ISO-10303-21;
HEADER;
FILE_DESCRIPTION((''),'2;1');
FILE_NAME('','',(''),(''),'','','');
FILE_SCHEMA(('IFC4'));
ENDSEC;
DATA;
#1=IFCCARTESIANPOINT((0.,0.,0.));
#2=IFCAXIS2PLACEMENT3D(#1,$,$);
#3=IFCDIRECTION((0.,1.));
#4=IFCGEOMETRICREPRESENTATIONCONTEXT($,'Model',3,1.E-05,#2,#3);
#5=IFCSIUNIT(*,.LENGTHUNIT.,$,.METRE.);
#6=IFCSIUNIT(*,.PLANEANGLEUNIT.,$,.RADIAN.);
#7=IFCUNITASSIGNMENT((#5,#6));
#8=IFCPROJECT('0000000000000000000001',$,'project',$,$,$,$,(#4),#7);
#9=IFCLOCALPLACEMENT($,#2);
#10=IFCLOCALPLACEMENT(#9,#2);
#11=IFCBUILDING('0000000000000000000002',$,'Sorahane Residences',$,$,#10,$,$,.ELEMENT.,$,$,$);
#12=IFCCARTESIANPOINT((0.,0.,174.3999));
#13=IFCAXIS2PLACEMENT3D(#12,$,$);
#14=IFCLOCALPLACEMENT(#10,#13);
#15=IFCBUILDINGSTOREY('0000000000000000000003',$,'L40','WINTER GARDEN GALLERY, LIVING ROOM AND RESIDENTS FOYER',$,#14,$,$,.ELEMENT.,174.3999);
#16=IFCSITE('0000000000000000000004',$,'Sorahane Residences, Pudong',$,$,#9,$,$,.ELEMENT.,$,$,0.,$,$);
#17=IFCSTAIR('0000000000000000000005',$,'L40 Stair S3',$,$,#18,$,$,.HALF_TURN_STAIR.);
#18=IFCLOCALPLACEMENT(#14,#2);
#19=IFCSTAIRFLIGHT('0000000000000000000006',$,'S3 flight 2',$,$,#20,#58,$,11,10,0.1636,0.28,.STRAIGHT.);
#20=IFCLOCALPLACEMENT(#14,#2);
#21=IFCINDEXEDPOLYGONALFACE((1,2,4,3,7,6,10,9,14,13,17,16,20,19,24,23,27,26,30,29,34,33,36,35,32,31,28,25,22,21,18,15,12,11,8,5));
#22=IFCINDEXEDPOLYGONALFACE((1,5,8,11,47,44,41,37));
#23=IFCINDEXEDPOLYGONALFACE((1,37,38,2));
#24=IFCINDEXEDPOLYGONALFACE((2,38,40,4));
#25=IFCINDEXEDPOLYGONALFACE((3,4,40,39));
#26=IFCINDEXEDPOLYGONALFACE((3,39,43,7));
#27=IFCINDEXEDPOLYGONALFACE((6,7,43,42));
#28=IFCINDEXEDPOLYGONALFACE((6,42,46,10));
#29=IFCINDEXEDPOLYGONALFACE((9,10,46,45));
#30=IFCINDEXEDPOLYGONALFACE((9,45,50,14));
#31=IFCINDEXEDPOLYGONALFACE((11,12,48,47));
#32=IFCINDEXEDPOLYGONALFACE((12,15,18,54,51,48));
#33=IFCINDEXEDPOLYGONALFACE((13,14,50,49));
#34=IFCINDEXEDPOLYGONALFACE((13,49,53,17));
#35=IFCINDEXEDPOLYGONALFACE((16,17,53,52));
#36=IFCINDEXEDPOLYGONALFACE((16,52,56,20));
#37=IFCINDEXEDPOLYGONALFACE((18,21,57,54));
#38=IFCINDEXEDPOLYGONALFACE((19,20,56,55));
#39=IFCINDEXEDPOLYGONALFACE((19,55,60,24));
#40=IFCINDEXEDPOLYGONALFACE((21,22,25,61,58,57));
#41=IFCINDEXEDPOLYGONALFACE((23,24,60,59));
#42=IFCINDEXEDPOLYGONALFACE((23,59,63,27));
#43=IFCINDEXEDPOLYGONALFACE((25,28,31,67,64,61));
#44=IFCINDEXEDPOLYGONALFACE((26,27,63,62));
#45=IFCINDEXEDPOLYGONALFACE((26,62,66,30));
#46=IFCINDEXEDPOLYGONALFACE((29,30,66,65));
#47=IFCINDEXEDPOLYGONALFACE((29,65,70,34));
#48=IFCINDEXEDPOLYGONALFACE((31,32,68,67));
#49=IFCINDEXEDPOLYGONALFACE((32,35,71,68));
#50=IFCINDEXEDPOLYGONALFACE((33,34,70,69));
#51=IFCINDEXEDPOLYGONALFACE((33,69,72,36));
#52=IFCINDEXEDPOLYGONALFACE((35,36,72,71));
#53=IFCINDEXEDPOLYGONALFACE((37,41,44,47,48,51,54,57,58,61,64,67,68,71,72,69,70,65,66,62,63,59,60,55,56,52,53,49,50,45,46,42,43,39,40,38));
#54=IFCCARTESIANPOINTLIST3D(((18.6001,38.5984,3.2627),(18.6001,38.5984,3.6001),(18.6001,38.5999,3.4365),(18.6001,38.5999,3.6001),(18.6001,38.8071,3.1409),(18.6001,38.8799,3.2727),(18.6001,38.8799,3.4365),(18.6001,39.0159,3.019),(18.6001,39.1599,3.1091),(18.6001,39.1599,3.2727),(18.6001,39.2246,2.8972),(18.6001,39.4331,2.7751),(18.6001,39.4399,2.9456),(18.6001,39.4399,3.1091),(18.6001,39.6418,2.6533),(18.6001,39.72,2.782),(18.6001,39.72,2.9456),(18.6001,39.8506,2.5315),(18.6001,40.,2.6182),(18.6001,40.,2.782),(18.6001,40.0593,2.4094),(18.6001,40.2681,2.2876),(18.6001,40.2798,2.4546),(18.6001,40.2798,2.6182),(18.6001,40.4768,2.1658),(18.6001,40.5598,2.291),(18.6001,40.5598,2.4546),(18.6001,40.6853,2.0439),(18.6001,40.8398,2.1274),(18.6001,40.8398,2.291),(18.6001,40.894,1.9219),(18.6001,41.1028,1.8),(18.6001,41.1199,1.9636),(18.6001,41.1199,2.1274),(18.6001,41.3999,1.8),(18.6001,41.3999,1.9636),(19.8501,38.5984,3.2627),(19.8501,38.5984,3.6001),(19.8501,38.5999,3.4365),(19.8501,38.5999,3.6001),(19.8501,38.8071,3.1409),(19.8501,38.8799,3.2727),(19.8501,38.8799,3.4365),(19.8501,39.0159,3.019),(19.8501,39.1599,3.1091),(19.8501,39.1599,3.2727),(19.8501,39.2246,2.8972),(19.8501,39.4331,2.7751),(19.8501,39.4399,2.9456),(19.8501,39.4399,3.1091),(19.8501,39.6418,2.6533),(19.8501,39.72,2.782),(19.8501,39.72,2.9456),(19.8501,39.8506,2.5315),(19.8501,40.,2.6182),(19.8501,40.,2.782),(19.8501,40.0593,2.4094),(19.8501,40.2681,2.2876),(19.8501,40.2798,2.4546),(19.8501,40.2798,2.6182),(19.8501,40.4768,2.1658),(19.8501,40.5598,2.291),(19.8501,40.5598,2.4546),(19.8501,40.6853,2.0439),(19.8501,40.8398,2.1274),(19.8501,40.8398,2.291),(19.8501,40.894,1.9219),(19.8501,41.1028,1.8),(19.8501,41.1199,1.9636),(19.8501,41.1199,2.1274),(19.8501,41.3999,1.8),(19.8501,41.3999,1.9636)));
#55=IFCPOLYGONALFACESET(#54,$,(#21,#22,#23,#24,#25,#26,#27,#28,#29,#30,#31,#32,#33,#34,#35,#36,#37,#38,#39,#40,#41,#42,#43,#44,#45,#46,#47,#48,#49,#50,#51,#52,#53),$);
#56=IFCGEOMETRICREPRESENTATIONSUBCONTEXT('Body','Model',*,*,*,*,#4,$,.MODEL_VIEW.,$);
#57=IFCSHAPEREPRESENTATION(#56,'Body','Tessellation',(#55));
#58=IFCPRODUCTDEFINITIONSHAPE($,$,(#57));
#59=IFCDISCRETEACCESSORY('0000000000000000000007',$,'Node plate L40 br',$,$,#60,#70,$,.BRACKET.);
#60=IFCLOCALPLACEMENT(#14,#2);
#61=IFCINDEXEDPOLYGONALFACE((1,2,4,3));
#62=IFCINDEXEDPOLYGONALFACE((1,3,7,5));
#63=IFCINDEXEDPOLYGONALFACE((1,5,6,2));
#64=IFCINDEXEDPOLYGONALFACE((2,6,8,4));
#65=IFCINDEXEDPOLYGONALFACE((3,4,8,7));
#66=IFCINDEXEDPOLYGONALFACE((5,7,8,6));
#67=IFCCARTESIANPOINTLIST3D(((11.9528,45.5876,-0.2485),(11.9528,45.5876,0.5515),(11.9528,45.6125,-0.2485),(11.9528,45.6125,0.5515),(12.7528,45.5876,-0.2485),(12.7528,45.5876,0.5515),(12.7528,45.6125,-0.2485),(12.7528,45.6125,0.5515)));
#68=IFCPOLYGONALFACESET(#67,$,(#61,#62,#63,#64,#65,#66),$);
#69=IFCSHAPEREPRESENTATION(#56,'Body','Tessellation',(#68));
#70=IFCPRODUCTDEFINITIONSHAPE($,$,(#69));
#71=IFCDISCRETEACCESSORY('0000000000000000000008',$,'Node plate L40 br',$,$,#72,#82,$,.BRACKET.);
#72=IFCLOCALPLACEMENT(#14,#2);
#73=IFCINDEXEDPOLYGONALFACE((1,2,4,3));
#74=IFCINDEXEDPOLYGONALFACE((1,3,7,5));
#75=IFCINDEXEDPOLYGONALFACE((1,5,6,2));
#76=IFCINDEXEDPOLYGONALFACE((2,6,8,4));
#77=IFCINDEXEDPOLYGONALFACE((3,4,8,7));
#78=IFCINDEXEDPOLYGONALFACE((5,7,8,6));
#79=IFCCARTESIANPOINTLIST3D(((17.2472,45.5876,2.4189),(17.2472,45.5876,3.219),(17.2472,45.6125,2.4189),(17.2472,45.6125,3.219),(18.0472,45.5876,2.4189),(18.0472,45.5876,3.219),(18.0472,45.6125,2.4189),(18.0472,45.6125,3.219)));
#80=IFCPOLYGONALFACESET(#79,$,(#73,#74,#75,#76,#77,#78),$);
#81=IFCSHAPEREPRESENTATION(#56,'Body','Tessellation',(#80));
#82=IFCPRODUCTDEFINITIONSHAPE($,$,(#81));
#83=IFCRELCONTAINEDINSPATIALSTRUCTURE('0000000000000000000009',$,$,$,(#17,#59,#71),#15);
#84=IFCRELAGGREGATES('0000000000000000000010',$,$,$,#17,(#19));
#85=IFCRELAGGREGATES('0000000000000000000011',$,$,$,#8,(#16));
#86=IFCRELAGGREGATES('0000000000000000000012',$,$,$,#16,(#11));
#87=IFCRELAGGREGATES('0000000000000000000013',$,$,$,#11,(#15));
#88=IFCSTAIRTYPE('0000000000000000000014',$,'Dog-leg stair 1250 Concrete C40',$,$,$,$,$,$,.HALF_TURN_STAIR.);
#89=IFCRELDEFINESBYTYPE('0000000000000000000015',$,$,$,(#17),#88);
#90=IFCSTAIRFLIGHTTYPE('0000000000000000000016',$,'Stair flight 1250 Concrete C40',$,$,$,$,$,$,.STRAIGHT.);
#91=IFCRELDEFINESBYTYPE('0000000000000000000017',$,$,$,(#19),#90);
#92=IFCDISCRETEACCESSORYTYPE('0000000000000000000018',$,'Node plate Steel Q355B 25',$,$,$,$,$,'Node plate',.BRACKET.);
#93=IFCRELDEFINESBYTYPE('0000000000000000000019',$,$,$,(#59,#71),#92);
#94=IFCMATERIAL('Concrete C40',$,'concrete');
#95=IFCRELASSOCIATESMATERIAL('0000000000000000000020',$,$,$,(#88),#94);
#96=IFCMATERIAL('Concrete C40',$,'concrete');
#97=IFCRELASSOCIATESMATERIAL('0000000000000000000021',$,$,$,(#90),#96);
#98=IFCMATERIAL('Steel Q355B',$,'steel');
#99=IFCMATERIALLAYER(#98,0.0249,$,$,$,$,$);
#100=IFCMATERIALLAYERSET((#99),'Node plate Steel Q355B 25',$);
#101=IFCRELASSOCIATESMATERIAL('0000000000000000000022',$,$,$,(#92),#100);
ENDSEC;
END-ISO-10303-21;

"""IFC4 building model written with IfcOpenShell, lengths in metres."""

from ifc_helpers import new_model, si_unit, direction, frame, origin, origin_2d, place, context, subcontext, project, spatial, polyline, rectangle, outline, extrude, material, layer, layer_set, type_object, element, aggregate, save


model = new_model("IFC4")

# Units and contexts
model_context = context("Model", 3, precision=1e-05, world=origin(), true_north=direction((0.0, 1.0)))
body_context = subcontext(model_context, "Body", "Model", "MODEL_VIEW")
ifc_project = project(units=[si_unit("LENGTHUNIT", "METRE"), si_unit("PLANEANGLEUNIT", "RADIAN")], contexts=[model_context])

# Site, building, storey
site_placement = place(None, origin())
site = spatial("IfcSite", under=ifc_project, at=site_placement, Name="Sorahane Residences, Pudong", CompositionType="ELEMENT", RefElevation=0.0)
building_placement = place(site_placement, origin())
building = spatial("IfcBuilding", under=site, at=building_placement, Name="Sorahane Residences", CompositionType="ELEMENT")
storey_placement = place(building_placement, frame((0.0, 0.0, 174.3999)))
storey = spatial("IfcBuildingStorey", under=building, at=storey_placement, Name="L40", Description="WINTER GARDEN GALLERY, LIVING ROOM AND RESIDENTS FOYER", CompositionType="ELEMENT", Elevation=174.3999)

# Stair, stair flight
ifc_material_1 = material(Name="Concrete C40", Category="concrete")
stair_type = type_object("IfcStairType", Name="Dog-leg stair 1250 Concrete C40", PredefinedType="HALF_TURN_STAIR", material=ifc_material_1)
ifc_material_2 = material(Name="Concrete C40", Category="concrete")
stair_flight_type = type_object("IfcStairFlightType", Name="Stair flight 1250 Concrete C40", PredefinedType="STRAIGHT", material=ifc_material_2)
stair_1_placement = place(storey_placement, origin())
stair_1 = element("IfcStair", 1, at=stair_1_placement, inside=storey, type_object=stair_type, Name="L40 Stair S3", PredefinedType="HALF_TURN_STAIR")
stair_flight_1_placement = place(storey_placement, frame((19.2251, 41.3999, 1.8), z_axis=(0.0, 0.0, 1.0), x_axis=(0.0, -1.0, 0.0)))
stair_flight_1 = element("IfcStairFlight", 2, at=stair_flight_1_placement, type_object=stair_flight_type, Name="S3 flight 2", NumberOfRisers=11, NumberOfTreads=10, PredefinedType="STRAIGHT", RiserHeight=0.1636, TreadLength=0.28, context=body_context, shape_type="SweptSolid", body=[
    extrude(outline(polyline([(0.0, 0.0), (0.0, 0.1636), (0.28, 0.1636), (0.28, 0.3274), (0.5601, 0.3274), (0.5601, 0.491), (0.8401, 0.491), (0.8401, 0.6545), (1.1201, 0.6545), (1.1201, 0.8181), (1.3999, 0.8181), (1.3999, 0.9819), (1.6799, 0.9819), (1.6799, 1.1455), (1.96, 1.1455), (1.96, 1.3091), (2.24, 1.3091), (2.24, 1.4727), (2.52, 1.4727), (2.52, 1.6365), (2.8, 1.6365), (2.8, 1.8), (2.8015, 1.8), (2.8015, 1.4626), (2.5928, 1.3408), (2.384, 1.219), (2.1753, 1.0972), (1.9668, 0.9751), (1.7581, 0.8533), (1.5493, 0.7314), (1.3406, 0.6094), (1.1318, 0.4875), (0.9231, 0.3657), (0.7146, 0.2439), (0.5059, 0.1218), (0.2971, 0.0), (0.0, 0.0)])), frame((0.0, 0.625, 0.0), z_axis=(0.0, -1.0, 0.0), x_axis=(1.0, 0.0, 0.0)), (0.0, 0.0, 1.0), 1.25),
])
aggregate(stair_1, [stair_flight_1])

# Discrete accessories
ifc_material_3 = material(Name="Steel Q355B", Category="steel")
ifc_layer_1 = layer(ifc_material_3, 0.0249)
ifc_layer_set_1 = layer_set([ifc_layer_1], Name="Node plate Steel Q355B 25")
discrete_accessory_type = type_object("IfcDiscreteAccessoryType", Name="Node plate Steel Q355B 25", ElementType="Node plate", PredefinedType="BRACKET", material=ifc_layer_set_1)
for number, where, z_axis, x_axis, name in (
    (3, (12.3528, 45.6001, -0.2485), (0.0, 0.0, 1.0), (1.0, 0.0, 0.0), "Node plate L40 br"),
    (4, (17.6472, 45.6001, 2.4189), (0.0, 0.0, 1.0), (1.0, 0.0, 0.0), "Node plate L40 br"),
):
    element("IfcDiscreteAccessory", number, at=place(storey_placement, frame(where, z_axis=z_axis, x_axis=x_axis)), inside=storey, type_object=discrete_accessory_type, Name=name, PredefinedType="BRACKET", context=body_context, shape_type="SweptSolid", body=[
        extrude(rectangle(XDim=0.8, YDim=0.0249, at=origin_2d()), origin(), (0.0, 0.0, 1.0), 0.8),
    ])

save(model, "model.ifc")
